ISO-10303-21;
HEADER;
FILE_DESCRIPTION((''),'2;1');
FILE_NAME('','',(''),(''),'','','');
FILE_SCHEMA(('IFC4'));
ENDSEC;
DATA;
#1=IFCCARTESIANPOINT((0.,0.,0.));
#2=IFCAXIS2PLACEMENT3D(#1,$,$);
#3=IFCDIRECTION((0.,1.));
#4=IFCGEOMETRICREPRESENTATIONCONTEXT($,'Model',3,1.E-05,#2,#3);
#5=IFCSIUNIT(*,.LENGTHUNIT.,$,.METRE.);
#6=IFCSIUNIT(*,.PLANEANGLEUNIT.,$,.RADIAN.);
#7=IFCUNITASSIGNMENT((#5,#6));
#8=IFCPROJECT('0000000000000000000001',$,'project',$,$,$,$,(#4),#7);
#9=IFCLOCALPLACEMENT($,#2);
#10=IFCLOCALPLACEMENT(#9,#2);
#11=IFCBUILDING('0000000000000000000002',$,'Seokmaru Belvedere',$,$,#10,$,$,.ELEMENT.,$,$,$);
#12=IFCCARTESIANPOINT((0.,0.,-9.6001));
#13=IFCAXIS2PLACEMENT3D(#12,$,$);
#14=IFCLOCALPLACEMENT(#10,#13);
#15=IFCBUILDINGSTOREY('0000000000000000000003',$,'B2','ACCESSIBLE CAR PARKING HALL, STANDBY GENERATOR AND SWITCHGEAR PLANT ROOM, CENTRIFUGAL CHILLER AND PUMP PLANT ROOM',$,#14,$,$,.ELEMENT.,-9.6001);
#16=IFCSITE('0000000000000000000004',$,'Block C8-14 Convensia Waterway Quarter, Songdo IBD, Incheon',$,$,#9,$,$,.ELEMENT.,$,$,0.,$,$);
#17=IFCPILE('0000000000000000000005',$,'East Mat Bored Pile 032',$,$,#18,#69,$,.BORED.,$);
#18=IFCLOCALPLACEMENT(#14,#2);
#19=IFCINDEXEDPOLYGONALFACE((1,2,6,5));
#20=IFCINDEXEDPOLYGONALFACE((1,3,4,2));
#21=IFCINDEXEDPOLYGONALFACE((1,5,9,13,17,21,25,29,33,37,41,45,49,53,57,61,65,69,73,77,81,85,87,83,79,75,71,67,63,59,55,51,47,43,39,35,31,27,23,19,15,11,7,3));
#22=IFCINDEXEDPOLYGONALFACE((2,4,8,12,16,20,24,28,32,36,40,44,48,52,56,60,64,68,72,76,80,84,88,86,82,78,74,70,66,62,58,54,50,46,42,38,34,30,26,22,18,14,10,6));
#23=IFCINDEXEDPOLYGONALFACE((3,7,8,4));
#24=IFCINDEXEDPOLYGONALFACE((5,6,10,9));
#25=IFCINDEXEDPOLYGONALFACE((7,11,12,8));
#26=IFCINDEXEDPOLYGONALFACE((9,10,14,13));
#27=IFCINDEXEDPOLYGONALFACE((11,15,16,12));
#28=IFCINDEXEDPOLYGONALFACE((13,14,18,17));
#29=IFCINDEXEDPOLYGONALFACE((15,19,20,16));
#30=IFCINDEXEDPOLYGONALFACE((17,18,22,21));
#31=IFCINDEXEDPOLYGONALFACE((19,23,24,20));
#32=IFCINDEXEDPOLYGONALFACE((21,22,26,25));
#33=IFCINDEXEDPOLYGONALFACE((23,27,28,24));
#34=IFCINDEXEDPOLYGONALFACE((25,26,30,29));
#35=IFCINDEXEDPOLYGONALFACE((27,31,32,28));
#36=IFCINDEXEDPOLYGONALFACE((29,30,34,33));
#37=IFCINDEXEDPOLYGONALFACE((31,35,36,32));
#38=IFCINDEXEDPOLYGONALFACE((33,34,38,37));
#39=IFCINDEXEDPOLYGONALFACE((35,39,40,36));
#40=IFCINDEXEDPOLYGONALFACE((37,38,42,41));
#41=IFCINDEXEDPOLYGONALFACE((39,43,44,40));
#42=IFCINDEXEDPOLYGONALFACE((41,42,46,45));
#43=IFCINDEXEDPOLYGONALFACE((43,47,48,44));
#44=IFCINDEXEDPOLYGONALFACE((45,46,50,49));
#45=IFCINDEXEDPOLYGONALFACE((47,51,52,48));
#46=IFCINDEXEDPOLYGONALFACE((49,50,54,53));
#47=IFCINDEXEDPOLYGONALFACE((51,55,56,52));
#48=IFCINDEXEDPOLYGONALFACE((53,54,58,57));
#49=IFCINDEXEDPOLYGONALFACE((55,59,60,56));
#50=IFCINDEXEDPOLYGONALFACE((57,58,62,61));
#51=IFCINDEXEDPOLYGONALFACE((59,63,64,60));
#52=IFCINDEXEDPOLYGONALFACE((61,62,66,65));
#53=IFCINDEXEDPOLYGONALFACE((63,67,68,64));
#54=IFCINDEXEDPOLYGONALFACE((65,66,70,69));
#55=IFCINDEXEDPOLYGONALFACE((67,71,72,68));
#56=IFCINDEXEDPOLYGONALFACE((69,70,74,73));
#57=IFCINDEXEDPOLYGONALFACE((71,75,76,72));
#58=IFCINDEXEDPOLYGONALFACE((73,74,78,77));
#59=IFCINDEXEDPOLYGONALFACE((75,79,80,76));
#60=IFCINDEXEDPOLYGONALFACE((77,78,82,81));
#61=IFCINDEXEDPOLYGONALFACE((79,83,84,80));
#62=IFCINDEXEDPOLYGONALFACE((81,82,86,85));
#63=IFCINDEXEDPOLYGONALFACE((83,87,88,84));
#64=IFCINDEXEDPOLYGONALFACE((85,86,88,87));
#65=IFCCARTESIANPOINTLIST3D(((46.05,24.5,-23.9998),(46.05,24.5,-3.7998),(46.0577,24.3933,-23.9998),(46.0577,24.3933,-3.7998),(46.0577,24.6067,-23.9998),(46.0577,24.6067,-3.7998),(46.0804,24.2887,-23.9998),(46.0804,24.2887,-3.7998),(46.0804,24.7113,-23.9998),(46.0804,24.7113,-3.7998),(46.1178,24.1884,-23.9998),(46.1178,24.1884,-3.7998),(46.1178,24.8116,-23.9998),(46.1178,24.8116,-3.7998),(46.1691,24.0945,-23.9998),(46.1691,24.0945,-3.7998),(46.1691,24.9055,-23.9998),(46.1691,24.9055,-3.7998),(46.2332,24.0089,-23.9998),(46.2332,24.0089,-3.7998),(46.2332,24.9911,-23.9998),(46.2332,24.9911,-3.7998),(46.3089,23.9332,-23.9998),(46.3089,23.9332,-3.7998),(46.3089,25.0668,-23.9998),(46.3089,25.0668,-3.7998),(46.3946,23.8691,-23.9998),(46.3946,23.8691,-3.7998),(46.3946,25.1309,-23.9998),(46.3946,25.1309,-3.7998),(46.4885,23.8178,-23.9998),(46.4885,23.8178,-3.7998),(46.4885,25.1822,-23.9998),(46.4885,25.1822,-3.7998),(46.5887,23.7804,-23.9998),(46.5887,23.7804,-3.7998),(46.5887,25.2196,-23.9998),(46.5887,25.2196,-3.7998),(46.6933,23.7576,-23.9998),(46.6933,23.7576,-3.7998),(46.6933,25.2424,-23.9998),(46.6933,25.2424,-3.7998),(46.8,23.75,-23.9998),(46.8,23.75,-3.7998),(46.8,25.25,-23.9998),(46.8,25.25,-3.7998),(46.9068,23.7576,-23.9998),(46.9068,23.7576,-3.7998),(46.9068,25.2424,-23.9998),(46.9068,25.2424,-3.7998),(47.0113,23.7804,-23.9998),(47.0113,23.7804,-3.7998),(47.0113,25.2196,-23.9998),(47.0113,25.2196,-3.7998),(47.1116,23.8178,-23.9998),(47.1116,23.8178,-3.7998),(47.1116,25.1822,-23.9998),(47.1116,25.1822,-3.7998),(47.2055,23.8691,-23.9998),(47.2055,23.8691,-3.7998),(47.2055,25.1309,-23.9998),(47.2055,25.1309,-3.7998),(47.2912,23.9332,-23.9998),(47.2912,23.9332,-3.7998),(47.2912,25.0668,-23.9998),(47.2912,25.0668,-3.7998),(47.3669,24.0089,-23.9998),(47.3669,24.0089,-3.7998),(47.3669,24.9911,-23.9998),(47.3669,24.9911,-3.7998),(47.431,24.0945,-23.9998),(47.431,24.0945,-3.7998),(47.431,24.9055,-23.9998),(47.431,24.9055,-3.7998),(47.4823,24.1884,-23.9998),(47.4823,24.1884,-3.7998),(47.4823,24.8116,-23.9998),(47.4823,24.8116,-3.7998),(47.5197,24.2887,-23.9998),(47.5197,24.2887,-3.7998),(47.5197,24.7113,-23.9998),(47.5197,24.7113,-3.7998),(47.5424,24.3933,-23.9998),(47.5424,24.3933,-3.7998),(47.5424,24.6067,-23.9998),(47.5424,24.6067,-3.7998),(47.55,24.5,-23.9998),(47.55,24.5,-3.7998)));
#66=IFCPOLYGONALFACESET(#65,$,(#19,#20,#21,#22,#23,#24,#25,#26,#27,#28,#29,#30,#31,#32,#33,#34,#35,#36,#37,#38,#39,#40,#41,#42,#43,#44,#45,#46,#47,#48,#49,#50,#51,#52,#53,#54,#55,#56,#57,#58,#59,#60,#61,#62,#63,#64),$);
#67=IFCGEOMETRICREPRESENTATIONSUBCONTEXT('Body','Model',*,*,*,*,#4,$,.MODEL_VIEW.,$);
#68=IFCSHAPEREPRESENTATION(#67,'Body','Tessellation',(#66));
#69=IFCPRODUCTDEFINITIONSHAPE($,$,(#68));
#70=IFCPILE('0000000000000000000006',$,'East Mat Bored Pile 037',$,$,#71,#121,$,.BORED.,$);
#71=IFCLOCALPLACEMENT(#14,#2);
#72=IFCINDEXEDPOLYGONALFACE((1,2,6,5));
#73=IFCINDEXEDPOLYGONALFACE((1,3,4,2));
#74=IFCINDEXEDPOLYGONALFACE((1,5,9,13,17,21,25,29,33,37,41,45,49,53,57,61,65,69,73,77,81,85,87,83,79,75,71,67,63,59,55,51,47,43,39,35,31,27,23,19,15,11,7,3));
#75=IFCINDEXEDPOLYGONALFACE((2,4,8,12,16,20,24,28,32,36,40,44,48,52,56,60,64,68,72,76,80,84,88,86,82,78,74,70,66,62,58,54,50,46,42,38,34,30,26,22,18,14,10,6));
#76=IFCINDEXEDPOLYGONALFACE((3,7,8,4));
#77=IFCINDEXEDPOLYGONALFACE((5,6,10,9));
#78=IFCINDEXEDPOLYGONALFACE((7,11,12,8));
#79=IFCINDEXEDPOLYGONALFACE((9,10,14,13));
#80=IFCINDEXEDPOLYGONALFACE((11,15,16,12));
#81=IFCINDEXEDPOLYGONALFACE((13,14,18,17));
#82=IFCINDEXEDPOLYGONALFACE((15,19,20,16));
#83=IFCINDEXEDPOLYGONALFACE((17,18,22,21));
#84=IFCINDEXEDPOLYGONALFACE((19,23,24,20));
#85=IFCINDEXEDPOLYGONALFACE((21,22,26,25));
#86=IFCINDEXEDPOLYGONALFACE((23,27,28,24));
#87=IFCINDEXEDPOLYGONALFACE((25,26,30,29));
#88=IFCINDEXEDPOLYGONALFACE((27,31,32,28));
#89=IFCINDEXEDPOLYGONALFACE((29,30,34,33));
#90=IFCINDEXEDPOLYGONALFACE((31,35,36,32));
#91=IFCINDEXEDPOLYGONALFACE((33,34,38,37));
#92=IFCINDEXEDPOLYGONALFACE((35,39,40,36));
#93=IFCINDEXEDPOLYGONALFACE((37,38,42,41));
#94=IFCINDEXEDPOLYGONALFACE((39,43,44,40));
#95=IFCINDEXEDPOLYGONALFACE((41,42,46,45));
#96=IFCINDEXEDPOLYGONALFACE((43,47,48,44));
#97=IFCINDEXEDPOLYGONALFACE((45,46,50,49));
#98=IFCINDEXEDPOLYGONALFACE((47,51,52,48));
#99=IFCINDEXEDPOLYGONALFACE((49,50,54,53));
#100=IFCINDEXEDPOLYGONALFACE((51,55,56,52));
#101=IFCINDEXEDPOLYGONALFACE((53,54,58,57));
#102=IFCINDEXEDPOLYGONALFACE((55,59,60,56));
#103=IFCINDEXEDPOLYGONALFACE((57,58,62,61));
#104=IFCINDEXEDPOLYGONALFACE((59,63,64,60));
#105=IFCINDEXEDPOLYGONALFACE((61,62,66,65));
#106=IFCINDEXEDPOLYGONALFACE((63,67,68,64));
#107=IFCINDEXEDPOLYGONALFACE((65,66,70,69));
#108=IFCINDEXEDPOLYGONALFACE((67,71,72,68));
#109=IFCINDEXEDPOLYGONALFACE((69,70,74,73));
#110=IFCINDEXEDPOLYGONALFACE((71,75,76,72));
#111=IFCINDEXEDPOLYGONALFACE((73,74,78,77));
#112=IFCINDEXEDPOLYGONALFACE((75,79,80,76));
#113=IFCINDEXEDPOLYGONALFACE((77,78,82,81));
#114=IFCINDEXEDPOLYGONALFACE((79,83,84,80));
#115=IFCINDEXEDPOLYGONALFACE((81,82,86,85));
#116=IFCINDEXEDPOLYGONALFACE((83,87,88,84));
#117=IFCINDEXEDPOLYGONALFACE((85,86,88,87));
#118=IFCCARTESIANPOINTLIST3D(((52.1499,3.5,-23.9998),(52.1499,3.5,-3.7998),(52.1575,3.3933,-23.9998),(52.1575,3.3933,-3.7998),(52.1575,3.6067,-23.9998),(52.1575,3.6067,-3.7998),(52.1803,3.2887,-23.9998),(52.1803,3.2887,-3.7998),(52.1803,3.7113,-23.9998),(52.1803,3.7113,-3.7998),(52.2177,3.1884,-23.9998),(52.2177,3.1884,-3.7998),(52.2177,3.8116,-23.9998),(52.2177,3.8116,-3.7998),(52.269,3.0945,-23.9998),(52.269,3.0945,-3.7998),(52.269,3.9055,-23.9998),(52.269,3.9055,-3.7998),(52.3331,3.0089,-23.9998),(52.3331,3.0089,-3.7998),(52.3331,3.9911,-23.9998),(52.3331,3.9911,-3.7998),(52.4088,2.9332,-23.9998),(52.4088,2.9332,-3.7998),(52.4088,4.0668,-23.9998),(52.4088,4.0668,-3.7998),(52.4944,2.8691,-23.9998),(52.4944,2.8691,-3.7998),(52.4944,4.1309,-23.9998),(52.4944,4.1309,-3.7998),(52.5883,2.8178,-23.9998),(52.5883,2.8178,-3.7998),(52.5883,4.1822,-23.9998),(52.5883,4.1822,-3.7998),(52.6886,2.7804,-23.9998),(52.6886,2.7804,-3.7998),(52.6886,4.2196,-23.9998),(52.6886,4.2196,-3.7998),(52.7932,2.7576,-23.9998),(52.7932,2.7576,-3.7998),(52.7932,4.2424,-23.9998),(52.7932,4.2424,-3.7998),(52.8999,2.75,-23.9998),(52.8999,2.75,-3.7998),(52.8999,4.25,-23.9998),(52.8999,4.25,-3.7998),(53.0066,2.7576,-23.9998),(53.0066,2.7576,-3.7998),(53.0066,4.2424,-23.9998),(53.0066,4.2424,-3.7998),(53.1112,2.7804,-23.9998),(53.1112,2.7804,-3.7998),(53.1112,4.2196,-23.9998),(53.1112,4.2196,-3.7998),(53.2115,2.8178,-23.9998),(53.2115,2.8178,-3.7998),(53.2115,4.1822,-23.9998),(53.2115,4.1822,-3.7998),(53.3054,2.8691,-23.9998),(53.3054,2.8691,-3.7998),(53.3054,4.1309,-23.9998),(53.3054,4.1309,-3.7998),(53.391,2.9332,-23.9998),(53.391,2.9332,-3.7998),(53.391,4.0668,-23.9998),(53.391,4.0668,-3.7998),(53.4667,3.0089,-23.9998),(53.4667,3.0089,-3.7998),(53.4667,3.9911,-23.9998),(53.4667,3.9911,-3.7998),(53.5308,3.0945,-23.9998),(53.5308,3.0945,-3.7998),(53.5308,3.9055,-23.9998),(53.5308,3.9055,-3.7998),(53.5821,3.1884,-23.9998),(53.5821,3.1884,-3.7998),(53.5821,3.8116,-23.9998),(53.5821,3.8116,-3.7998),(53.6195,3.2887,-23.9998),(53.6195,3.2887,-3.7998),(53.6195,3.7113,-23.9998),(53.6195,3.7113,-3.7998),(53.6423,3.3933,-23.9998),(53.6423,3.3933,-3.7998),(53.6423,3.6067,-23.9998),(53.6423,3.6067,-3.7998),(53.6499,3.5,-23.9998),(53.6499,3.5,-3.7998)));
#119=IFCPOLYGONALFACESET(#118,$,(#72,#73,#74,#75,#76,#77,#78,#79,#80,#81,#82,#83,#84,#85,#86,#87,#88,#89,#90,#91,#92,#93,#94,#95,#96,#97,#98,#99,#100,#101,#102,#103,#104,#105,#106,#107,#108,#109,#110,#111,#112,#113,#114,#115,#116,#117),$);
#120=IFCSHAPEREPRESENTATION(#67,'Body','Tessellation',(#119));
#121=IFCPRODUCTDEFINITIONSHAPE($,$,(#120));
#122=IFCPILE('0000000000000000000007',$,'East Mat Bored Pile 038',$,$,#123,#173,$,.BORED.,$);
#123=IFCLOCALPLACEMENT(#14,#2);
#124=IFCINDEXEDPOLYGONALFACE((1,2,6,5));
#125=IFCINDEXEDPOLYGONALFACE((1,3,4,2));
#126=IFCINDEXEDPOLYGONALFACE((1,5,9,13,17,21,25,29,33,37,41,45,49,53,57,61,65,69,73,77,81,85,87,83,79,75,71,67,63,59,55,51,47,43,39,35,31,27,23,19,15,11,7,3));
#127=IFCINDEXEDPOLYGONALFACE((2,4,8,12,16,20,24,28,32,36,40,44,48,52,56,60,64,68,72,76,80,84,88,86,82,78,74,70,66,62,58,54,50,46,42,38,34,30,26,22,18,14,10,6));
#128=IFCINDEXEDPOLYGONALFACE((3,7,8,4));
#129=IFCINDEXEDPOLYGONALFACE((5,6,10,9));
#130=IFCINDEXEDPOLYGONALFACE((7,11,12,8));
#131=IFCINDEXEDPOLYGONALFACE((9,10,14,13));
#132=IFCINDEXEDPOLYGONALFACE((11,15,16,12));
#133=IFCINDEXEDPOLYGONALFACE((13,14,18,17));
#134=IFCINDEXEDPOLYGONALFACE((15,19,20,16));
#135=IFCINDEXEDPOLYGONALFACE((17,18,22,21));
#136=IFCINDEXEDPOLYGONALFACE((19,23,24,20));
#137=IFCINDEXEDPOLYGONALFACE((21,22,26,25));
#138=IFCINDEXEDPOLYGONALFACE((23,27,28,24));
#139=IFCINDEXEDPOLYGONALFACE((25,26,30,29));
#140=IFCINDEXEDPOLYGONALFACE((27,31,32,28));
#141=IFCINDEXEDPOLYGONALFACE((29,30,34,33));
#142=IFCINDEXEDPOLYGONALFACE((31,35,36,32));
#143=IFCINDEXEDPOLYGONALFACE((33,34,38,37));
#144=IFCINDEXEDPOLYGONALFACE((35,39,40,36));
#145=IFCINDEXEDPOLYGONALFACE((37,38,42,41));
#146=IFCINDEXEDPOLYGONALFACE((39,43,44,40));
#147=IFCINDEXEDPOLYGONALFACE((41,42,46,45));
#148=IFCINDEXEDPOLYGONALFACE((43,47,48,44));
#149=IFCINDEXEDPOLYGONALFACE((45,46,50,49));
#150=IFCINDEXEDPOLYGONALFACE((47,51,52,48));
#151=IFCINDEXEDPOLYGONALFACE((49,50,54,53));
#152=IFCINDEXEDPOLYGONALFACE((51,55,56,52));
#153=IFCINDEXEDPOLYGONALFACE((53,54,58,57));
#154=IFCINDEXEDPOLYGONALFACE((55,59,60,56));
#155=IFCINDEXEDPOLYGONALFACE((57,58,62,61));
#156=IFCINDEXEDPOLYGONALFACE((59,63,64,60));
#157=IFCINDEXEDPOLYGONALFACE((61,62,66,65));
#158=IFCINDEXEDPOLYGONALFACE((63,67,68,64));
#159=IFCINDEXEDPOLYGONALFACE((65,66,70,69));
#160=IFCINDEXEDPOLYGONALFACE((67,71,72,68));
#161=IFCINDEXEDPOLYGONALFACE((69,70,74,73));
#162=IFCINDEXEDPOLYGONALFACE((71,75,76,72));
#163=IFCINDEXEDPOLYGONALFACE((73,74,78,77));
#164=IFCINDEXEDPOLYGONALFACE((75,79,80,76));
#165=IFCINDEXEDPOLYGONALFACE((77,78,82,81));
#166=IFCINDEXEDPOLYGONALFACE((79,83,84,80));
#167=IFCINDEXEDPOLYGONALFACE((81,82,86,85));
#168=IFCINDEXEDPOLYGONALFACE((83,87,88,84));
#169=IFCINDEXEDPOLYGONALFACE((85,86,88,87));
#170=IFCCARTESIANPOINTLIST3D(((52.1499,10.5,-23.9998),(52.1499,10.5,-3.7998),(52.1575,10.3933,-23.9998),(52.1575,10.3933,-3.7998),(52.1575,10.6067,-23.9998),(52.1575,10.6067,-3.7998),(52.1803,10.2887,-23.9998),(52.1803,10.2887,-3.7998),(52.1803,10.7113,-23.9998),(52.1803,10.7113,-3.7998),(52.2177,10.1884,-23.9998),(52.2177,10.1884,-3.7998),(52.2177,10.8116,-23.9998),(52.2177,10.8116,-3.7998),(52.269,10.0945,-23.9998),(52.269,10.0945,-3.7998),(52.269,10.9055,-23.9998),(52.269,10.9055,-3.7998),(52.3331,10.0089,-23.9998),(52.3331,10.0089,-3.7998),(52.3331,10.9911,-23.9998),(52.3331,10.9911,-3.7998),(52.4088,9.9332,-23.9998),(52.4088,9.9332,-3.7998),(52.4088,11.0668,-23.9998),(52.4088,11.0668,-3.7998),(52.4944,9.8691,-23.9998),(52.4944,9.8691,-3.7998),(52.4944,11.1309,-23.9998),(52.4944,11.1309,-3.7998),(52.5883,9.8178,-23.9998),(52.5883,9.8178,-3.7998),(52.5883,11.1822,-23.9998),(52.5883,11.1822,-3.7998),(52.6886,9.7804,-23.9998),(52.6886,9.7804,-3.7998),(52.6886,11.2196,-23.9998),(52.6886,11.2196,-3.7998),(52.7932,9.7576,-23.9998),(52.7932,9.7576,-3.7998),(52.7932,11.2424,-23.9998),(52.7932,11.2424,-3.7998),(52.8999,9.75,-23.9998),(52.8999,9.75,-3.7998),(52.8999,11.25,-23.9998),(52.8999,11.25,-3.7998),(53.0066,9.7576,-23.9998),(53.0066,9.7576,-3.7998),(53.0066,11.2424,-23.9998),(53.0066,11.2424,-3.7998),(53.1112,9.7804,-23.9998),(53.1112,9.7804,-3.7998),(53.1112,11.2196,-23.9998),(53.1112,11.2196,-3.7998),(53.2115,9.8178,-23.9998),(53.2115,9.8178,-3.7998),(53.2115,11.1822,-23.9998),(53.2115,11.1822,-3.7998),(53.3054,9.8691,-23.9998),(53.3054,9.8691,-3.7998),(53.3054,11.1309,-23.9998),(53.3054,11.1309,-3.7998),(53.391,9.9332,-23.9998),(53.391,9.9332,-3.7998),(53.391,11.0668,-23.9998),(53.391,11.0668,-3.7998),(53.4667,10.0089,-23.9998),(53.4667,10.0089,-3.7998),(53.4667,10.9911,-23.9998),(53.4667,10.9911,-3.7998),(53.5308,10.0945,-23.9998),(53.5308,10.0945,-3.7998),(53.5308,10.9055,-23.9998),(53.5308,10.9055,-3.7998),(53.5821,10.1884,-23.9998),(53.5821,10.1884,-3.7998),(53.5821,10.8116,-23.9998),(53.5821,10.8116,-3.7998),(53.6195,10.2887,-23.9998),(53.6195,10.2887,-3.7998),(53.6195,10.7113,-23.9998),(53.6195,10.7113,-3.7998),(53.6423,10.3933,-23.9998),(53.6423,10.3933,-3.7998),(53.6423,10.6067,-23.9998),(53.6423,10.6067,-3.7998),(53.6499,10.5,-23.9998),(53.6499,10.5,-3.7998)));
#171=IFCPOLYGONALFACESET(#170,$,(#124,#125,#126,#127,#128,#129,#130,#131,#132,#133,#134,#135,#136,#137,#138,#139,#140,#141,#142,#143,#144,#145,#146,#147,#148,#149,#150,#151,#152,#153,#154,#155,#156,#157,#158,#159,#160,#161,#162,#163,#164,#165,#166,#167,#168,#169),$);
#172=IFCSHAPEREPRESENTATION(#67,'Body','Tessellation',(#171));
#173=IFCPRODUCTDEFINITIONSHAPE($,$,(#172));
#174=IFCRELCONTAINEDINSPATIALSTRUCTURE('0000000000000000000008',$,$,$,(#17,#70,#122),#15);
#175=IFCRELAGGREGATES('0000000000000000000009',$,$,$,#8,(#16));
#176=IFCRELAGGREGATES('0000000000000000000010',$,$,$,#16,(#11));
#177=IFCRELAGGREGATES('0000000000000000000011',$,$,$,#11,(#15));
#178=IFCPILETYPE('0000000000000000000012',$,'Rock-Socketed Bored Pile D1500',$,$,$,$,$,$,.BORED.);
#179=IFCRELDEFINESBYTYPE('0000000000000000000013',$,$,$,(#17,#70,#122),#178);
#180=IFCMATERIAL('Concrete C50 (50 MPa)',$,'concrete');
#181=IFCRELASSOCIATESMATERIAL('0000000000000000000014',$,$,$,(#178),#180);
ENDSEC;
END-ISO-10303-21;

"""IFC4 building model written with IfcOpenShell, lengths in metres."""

from ifc_helpers import new_model, si_unit, direction, frame, origin, origin_2d, place, context, subcontext, project, spatial, circle, extrude, source, transform, mapped, material, material_profile, profile_set, type_object, type_shapes, element, save


model = new_model("IFC4")

# Units and contexts
model_context = context("Model", 3, precision=1e-05, world=origin(), true_north=direction((0.0, 1.0)))
body_context = subcontext(model_context, "Body", "Model", "MODEL_VIEW")
ifc_project = project(units=[si_unit("LENGTHUNIT", "METRE"), si_unit("PLANEANGLEUNIT", "RADIAN")], contexts=[model_context])

# Site, building, storey
site_placement = place(None, origin())
site = spatial("IfcSite", under=ifc_project, at=site_placement, Name="Block C8-14 Convensia Waterway Quarter, Songdo IBD, Incheon", CompositionType="ELEMENT", RefElevation=0.0)
building_placement = place(site_placement, origin())
building = spatial("IfcBuilding", under=site, at=building_placement, Name="Seokmaru Belvedere", CompositionType="ELEMENT")
storey_placement = place(building_placement, frame((0.0, 0.0, -9.6001)))
storey = spatial("IfcBuildingStorey", under=building, at=storey_placement, Name="B2", Description="ACCESSIBLE CAR PARKING HALL, STANDBY GENERATOR AND SWITCHGEAR PLANT ROOM, CENTRIFUGAL CHILLER AND PUMP PLANT ROOM", CompositionType="ELEMENT", Elevation=-9.6001)

# Piles
ifc_material_1 = material(Name="Concrete C50 (50 MPa)", Category="concrete")
ifc_material_profile_1 = material_profile(ifc_material_1, circle(Radius=0.75, at=origin_2d()), Name="PILE-D1500")
ifc_profile_set_1 = profile_set([ifc_material_profile_1], Name="Concrete C50 (50 MPa)")
pile_type_1 = type_object("IfcPileType", Name="Rock-Socketed Bored Pile D1500", PredefinedType="BORED", material=ifc_profile_set_1)
shared_shape_1 = source(origin(), body_context, "Body", "SweptSolid", [
    extrude(circle(Radius=0.75, at=origin_2d()), origin(), (0.0, 0.0, 1.0), 20.2),
])
type_shapes(pile_type_1, [shared_shape_1])
for number, where, z_axis, x_axis, name in (
    (1, (46.8, 24.5, -3.7998), (0.0, 0.0, -1.0), (1.0, 0.0, 0.0), "East Mat Bored Pile 032"),
    (2, (52.8999, 3.5, -3.7998), (0.0, 0.0, -1.0), (1.0, 0.0, 0.0), "East Mat Bored Pile 037"),
    (3, (52.8999, 10.5, -3.7998), (0.0, 0.0, -1.0), (1.0, 0.0, 0.0), "East Mat Bored Pile 038"),
):
    element("IfcPile", number, at=place(storey_placement, frame(where, z_axis=z_axis, x_axis=x_axis)), inside=storey, type_object=pile_type_1, Name=name, PredefinedType="BORED", context=body_context, shape_type="MappedRepresentation", body=[
        mapped(shared_shape_1, transform((0.0, 0.0, 0.0), scale=1.0)),
    ])

save(model, "model.ifc")
